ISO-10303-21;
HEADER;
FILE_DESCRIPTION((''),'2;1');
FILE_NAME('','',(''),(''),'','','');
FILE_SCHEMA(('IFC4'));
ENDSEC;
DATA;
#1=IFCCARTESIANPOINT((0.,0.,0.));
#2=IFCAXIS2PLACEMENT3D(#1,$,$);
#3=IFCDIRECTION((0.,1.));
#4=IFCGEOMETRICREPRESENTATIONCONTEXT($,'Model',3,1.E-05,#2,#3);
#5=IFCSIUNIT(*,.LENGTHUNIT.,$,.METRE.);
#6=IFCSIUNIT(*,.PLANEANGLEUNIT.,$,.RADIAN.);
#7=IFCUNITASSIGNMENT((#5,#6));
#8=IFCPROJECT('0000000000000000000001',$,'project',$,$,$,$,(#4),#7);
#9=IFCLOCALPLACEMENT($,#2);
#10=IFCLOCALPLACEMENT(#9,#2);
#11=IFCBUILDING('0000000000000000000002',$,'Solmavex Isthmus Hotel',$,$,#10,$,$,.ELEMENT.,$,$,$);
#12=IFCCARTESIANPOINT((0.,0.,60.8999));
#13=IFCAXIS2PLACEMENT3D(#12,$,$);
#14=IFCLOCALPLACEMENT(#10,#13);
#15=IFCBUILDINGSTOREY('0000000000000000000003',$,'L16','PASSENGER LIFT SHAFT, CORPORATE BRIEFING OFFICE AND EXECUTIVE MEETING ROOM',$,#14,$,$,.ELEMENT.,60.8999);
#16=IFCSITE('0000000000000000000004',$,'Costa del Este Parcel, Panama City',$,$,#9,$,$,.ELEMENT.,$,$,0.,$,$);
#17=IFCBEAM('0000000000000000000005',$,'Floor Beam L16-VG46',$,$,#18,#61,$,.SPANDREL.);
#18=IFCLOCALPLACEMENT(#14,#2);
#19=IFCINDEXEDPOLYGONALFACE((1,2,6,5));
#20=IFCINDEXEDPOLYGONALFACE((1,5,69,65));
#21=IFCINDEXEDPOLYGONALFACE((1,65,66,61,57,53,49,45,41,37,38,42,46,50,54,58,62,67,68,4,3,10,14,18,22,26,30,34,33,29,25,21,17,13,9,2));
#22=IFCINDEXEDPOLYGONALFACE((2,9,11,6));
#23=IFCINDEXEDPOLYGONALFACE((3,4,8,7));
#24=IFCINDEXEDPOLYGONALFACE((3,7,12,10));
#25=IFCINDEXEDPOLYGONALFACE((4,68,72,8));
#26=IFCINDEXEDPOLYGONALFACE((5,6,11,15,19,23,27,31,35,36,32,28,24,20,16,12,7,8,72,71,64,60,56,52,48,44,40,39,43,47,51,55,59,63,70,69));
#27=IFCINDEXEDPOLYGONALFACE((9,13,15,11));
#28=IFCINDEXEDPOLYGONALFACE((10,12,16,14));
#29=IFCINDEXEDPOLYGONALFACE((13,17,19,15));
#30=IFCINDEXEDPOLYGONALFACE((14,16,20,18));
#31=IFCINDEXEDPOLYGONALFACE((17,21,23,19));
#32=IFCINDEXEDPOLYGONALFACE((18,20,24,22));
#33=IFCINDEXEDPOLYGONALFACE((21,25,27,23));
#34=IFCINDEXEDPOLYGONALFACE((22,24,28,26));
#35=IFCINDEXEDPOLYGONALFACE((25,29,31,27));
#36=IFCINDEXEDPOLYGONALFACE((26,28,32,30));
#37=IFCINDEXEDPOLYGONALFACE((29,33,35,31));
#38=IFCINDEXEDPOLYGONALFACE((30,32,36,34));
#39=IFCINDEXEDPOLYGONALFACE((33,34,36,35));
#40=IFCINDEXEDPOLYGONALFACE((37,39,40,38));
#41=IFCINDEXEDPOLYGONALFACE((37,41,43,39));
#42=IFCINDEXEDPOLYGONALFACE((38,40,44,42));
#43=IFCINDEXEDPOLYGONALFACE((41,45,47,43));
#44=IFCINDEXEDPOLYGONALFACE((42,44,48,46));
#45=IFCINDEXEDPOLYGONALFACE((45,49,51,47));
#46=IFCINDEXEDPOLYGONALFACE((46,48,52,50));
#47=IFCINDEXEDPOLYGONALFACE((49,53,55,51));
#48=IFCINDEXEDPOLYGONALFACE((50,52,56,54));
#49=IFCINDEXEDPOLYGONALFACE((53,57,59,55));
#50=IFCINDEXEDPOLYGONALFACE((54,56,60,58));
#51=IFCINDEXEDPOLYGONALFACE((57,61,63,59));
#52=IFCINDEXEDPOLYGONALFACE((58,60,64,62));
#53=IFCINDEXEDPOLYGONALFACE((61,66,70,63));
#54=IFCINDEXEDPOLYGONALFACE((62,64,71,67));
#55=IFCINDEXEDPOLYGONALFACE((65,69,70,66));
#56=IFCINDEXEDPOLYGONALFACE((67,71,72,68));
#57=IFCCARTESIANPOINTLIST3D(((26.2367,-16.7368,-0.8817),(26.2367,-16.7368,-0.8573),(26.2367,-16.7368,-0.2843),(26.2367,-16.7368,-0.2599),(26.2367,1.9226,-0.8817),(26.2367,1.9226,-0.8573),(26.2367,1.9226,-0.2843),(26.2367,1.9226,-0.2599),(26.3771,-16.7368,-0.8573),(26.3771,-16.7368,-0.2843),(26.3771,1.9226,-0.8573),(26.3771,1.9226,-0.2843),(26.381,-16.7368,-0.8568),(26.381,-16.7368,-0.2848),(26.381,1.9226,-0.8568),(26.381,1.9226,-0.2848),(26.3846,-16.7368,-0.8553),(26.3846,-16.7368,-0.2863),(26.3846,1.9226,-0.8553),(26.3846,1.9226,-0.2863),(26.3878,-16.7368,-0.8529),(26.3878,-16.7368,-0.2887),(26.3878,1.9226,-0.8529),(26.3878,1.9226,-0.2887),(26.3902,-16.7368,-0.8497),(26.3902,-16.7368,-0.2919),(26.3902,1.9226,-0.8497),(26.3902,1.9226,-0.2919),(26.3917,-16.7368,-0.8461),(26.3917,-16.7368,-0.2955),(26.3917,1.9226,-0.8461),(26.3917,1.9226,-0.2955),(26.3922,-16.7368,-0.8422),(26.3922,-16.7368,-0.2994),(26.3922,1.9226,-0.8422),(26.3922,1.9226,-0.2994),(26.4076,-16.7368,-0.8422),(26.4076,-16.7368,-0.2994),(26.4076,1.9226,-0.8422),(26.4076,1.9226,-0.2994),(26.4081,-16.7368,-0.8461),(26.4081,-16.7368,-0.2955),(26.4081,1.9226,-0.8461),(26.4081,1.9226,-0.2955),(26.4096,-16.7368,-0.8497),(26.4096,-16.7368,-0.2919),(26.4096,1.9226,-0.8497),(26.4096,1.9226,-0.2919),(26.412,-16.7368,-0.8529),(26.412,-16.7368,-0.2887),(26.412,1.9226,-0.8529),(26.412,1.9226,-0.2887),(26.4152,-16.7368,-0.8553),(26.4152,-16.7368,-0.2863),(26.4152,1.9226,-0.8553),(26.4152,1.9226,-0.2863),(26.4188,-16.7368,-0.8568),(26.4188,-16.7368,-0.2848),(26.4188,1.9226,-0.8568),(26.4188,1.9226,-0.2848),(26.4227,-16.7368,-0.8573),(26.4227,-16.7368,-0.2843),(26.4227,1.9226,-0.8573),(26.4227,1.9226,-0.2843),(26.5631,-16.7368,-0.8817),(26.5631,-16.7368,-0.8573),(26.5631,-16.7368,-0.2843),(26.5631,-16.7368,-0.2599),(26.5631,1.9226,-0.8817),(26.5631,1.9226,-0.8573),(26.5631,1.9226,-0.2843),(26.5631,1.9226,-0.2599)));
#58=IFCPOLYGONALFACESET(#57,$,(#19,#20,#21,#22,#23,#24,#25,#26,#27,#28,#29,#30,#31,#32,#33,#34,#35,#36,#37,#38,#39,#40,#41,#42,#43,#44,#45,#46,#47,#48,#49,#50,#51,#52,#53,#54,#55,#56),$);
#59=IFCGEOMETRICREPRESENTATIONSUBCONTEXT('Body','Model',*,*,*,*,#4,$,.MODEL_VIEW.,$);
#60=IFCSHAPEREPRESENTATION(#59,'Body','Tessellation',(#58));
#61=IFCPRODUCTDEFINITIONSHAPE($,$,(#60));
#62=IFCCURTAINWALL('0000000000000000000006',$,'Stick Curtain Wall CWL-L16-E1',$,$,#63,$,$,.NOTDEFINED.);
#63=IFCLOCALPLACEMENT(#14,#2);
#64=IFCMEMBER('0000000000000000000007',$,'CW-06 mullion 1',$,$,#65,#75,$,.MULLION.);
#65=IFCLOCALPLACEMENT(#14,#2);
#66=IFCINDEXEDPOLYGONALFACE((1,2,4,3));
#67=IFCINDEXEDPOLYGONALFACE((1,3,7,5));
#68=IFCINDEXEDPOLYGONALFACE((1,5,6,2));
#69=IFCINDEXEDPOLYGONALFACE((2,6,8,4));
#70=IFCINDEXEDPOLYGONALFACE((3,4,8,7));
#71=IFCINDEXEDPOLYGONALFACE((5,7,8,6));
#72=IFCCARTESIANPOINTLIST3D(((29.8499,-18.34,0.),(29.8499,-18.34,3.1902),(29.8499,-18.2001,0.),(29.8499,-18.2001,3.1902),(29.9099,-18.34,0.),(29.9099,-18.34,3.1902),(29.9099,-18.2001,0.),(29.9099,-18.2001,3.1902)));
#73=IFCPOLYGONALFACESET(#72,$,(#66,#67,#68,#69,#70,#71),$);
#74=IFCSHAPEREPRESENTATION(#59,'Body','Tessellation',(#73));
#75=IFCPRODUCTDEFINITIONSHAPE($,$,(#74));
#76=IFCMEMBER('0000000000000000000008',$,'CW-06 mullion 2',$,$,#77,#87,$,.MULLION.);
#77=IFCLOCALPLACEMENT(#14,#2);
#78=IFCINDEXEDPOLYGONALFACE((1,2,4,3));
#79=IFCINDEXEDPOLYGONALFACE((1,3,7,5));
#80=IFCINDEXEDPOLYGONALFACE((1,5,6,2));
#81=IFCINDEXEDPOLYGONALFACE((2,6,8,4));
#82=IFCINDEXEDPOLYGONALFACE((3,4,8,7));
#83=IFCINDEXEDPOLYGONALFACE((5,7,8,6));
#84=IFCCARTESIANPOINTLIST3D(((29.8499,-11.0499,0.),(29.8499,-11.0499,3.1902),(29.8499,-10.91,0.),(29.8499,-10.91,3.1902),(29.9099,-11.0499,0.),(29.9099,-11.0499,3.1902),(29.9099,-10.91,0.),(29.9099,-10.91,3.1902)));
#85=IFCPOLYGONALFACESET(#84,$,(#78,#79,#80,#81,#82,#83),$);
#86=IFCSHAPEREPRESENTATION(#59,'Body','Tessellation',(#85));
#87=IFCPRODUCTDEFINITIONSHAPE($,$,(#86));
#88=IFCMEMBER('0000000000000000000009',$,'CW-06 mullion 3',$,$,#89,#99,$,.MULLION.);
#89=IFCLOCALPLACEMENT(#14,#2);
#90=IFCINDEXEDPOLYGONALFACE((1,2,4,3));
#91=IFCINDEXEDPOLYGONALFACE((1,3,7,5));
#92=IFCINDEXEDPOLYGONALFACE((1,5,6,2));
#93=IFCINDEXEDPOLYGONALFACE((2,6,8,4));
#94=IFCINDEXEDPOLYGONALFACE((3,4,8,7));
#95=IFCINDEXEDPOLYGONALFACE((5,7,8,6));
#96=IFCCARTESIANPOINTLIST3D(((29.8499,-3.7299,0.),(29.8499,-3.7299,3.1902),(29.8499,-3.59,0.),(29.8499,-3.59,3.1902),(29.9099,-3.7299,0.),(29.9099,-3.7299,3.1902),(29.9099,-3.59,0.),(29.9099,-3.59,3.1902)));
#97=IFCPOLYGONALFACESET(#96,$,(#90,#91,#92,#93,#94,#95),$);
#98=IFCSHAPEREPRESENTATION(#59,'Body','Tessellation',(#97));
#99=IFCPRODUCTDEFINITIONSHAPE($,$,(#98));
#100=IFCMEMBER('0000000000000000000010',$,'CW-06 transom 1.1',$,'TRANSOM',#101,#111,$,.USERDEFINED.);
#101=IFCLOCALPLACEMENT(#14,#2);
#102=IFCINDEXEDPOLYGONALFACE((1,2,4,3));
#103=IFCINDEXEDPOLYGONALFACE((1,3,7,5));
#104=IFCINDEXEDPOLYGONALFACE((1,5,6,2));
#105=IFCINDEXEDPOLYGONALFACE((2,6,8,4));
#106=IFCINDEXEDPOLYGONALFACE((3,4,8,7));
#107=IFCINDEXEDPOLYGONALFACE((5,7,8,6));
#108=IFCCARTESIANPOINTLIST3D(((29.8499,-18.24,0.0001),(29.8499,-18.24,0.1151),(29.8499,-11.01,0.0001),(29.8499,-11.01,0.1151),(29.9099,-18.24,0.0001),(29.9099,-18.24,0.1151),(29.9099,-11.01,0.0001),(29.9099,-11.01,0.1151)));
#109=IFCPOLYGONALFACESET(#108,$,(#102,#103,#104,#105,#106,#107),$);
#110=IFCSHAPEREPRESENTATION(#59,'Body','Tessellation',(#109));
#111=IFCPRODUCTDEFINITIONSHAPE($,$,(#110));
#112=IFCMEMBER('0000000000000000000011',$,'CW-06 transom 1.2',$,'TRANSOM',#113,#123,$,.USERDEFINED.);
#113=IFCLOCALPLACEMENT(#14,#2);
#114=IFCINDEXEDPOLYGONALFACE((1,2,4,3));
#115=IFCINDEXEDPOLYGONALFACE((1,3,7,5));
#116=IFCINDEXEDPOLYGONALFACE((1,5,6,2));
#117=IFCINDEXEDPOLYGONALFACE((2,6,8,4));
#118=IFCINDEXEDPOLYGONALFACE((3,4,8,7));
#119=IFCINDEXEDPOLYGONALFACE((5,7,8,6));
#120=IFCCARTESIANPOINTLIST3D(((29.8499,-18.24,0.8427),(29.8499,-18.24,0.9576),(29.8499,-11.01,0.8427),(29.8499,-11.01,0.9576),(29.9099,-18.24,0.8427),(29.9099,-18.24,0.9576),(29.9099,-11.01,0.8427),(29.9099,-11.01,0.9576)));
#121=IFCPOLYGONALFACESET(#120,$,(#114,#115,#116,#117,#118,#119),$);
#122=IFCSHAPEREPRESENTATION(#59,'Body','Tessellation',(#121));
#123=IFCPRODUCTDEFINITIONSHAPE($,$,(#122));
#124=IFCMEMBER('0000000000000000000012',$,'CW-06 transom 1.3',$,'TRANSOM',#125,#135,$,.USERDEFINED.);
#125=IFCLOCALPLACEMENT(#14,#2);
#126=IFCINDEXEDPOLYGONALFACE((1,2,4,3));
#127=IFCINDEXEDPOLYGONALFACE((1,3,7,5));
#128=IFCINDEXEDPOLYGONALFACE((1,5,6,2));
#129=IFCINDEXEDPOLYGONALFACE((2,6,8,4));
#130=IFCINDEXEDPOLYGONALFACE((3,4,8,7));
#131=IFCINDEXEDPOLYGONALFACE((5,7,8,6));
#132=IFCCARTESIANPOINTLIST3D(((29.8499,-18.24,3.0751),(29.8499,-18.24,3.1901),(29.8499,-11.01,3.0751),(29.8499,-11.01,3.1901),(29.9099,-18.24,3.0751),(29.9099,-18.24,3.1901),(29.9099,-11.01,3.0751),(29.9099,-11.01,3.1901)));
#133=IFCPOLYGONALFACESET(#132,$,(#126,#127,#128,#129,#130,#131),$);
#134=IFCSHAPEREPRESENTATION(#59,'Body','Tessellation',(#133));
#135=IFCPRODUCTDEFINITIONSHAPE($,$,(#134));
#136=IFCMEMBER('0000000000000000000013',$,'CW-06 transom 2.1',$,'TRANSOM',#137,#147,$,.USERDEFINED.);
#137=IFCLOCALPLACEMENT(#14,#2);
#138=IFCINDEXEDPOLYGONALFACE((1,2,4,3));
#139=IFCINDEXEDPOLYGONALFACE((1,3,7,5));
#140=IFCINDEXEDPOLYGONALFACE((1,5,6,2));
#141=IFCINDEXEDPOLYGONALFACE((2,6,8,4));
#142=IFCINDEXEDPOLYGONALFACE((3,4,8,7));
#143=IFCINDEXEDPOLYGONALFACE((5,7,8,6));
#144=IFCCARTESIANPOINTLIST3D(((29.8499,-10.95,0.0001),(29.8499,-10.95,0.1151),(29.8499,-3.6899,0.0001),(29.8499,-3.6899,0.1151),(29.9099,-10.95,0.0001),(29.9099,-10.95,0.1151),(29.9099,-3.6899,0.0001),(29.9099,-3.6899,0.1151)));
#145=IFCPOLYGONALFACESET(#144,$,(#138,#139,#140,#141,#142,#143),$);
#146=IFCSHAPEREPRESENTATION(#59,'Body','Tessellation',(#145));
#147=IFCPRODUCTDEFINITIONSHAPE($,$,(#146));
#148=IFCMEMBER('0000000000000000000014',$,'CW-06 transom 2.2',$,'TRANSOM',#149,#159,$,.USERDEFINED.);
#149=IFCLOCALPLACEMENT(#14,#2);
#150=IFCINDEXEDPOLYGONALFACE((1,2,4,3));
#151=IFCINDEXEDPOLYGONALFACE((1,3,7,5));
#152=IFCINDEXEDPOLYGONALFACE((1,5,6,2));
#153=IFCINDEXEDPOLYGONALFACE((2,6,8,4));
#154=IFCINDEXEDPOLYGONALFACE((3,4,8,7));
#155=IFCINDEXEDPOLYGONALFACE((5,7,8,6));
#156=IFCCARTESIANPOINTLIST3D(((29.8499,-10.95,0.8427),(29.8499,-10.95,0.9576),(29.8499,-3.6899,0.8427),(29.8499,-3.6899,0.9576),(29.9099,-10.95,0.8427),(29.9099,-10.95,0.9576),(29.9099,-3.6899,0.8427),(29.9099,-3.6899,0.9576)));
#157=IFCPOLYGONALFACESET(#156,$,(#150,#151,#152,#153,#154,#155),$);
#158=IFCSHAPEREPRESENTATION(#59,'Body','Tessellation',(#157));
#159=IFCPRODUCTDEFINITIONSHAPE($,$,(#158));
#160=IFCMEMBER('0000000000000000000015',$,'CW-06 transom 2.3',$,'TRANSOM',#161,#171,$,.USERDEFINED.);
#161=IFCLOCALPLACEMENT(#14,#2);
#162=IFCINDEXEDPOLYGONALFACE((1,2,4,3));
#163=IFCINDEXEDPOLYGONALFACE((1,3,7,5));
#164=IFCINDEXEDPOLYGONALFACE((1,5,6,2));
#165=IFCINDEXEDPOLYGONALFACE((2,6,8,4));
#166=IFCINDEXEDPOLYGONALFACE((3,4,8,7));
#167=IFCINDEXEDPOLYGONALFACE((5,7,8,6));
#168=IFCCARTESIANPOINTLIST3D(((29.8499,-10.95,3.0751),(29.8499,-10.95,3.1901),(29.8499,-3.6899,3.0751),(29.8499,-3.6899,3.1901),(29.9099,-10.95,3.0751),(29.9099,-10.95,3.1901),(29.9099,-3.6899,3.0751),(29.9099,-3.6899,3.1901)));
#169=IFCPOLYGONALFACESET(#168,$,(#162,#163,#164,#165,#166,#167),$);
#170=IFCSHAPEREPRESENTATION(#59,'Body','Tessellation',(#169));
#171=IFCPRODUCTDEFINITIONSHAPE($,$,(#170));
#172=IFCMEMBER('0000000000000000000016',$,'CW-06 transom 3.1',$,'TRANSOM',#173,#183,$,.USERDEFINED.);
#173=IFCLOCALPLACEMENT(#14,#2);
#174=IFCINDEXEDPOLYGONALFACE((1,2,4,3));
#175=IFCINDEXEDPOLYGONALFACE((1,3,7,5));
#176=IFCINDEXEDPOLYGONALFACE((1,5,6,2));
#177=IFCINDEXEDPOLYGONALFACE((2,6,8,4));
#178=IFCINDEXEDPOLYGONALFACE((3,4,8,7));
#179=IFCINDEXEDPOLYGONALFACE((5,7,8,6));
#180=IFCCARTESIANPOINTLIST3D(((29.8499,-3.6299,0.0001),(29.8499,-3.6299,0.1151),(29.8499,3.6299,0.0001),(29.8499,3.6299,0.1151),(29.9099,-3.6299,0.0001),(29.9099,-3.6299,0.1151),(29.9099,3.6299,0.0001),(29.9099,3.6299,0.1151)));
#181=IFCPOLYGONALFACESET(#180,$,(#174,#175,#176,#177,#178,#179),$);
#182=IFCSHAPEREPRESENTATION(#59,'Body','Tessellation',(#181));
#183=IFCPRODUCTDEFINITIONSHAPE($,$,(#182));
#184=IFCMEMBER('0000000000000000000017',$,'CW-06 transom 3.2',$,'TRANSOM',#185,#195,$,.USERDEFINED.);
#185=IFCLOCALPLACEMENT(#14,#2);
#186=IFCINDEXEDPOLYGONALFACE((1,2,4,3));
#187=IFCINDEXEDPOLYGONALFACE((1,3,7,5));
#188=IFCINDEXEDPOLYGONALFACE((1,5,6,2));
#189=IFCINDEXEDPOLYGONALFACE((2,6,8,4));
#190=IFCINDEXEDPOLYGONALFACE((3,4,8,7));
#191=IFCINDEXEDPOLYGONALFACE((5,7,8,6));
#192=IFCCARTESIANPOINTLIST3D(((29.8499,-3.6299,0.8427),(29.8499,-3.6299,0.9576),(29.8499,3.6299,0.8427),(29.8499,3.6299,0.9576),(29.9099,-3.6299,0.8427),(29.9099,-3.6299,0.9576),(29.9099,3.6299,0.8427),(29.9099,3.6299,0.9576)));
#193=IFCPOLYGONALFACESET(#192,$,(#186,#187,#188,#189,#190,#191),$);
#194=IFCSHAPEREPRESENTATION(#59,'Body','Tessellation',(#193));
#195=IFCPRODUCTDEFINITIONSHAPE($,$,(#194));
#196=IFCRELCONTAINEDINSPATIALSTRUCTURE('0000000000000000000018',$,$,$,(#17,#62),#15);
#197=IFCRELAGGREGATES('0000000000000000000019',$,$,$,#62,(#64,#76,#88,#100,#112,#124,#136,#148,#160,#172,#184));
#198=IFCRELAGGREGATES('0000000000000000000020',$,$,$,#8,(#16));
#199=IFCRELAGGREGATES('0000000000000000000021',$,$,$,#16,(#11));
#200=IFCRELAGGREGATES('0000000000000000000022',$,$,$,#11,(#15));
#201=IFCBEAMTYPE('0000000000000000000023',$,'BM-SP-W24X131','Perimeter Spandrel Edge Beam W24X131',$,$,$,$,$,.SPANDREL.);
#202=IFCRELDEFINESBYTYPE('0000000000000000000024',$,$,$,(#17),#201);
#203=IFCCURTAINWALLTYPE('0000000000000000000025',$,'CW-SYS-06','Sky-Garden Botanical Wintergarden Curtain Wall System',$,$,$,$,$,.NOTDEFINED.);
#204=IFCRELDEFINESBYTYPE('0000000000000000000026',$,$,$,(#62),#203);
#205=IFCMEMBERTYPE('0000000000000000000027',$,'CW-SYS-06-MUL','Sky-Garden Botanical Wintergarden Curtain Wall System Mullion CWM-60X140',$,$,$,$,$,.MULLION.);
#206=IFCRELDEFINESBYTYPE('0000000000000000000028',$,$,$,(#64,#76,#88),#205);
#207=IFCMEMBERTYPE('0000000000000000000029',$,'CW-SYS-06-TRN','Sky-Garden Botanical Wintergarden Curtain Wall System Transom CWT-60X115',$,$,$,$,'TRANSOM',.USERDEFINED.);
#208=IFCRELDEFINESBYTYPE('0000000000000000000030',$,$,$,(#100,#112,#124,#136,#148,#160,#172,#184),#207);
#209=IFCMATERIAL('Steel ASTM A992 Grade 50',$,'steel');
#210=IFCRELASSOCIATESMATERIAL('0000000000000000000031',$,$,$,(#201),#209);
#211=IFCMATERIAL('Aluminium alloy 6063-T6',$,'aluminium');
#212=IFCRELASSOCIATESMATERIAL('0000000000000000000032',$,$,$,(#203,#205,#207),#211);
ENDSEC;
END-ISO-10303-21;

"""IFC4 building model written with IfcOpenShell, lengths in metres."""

from ifc_helpers import new_model, si_unit, direction, frame, origin, origin_2d, place, context, subcontext, project, spatial, rectangle, i_section, extrude, material, material_profile, profile_set, type_object, element, aggregate, save


model = new_model("IFC4")

# Units and contexts
model_context = context("Model", 3, precision=1e-05, world=origin(), true_north=direction((0.0, 1.0)))
body_context = subcontext(model_context, "Body", "Model", "MODEL_VIEW")
ifc_project = project(units=[si_unit("LENGTHUNIT", "METRE"), si_unit("PLANEANGLEUNIT", "RADIAN")], contexts=[model_context])

# Site, building, storey
site_placement = place(None, origin())
site = spatial("IfcSite", under=ifc_project, at=site_placement, Name="Costa del Este Parcel, Panama City", CompositionType="ELEMENT", RefElevation=0.0)
building_placement = place(site_placement, origin())
building = spatial("IfcBuilding", under=site, at=building_placement, Name="Solmavex Isthmus Hotel", CompositionType="ELEMENT")
storey_placement = place(building_placement, frame((0.0, 0.0, 60.8999)))
storey = spatial("IfcBuildingStorey", under=building, at=storey_placement, Name="L16", Description="PASSENGER LIFT SHAFT, CORPORATE BRIEFING OFFICE AND EXECUTIVE MEETING ROOM", CompositionType="ELEMENT", Elevation=60.8999)

# Beam
ifc_material_1 = material(Name="Steel ASTM A992 Grade 50", Category="steel")
ifc_material_profile_1 = material_profile(ifc_material_1, i_section(OverallWidth=0.3264, OverallDepth=0.6218, WebThickness=0.0154, FlangeThickness=0.0244, FilletRadius=0.0151, at=origin_2d()), Name="W24X131")
ifc_profile_set_1 = profile_set([ifc_material_profile_1], Name="Steel ASTM A992 Grade 50")
beam_type_1 = type_object("IfcBeamType", Name="BM-SP-W24X131", Description="Perimeter Spandrel Edge Beam W24X131", PredefinedType="SPANDREL", material=ifc_profile_set_1)
beam_1_placement = place(storey_placement, frame((26.3999, -16.7368, -0.5708), z_axis=(0.0, 1.0, 0.0), x_axis=(-1.0, 0.0, 0.0)))
element("IfcBeam", 1, at=beam_1_placement, inside=storey, type_object=beam_type_1, Name="Floor Beam L16-VG46", PredefinedType="SPANDREL", context=body_context, shape_type="SweptSolid", body=[
    extrude(i_section(OverallWidth=0.3264, OverallDepth=0.6218, WebThickness=0.0154, FlangeThickness=0.0244, FilletRadius=0.0151, at=origin_2d()), origin(), (0.0, 0.0, 1.0), 18.6594),
])

# Curtain wall, members
ifc_material_2 = material(Name="Aluminium alloy 6063-T6", Category="aluminium")
curtain_wall_type = type_object("IfcCurtainWallType", Name="CW-SYS-06", Description="Sky-Garden Botanical Wintergarden Curtain Wall System", PredefinedType="NOTDEFINED", material=ifc_material_2)
curtain_wall_placement = place(storey_placement, origin())
curtain_wall = element("IfcCurtainWall", 2, at=curtain_wall_placement, inside=storey, type_object=curtain_wall_type, Name="Stick Curtain Wall CWL-L16-E1", PredefinedType="NOTDEFINED")
ifc_material_profile_2 = material_profile(ifc_material_2, rectangle(XDim=0.0601, YDim=0.1399, at=origin_2d()), Name="CWM-60X140")
ifc_profile_set_2 = profile_set([ifc_material_profile_2], Name="Aluminium alloy 6063-T6")
member_type_1 = type_object("IfcMemberType", Name="CW-SYS-06-MUL", Description="Sky-Garden Botanical Wintergarden Curtain Wall System Mullion CWM-60X140", PredefinedType="MULLION", material=ifc_profile_set_2)
member_1_placement = place(storey_placement, frame((29.8799, -18.27, 0.0), z_axis=(0.0, 0.0, 1.0), x_axis=(-1.0, 0.0, 0.0)))
member_1 = element("IfcMember", 3, at=member_1_placement, type_object=member_type_1, Name="CW-06 mullion 1", PredefinedType="MULLION", context=body_context, shape_type="SweptSolid", body=[
    extrude(rectangle(XDim=0.0601, YDim=0.1399, at=origin_2d()), origin(), (0.0, 0.0, 1.0), 3.1902),
])
member_2_placement = place(storey_placement, frame((29.8799, -10.98, 0.0), z_axis=(0.0, 0.0, 1.0), x_axis=(-1.0, 0.0, 0.0)))
member_2 = element("IfcMember", 4, at=member_2_placement, type_object=member_type_1, Name="CW-06 mullion 2", PredefinedType="MULLION", context=body_context, shape_type="SweptSolid", body=[
    extrude(rectangle(XDim=0.0601, YDim=0.1399, at=origin_2d()), origin(), (0.0, 0.0, 1.0), 3.1902),
])
member_3_placement = place(storey_placement, frame((29.8799, -3.6599, 0.0), z_axis=(0.0, 0.0, 1.0), x_axis=(-1.0, 0.0, 0.0)))
member_3 = element("IfcMember", 5, at=member_3_placement, type_object=member_type_1, Name="CW-06 mullion 3", PredefinedType="MULLION", context=body_context, shape_type="SweptSolid", body=[
    extrude(rectangle(XDim=0.0601, YDim=0.1399, at=origin_2d()), origin(), (0.0, 0.0, 1.0), 3.1902),
])
ifc_material_profile_3 = material_profile(ifc_material_2, rectangle(XDim=0.0601, YDim=0.115, at=origin_2d()), Name="CWT-60X115")
ifc_profile_set_3 = profile_set([ifc_material_profile_3], Name="Aluminium alloy 6063-T6")
member_type_2 = type_object("IfcMemberType", Name="CW-SYS-06-TRN", Description="Sky-Garden Botanical Wintergarden Curtain Wall System Transom CWT-60X115", ElementType="TRANSOM", PredefinedType="USERDEFINED", material=ifc_profile_set_3)
member_4_placement = place(storey_placement, frame((29.8799, -18.24, 0.0576), z_axis=(0.0, 1.0, 0.0), x_axis=(-1.0, 0.0, 0.0)))
member_4 = element("IfcMember", 6, at=member_4_placement, type_object=member_type_2, Name="CW-06 transom 1.1", ObjectType="TRANSOM", PredefinedType="USERDEFINED", context=body_context, shape_type="SweptSolid", body=[
    extrude(rectangle(XDim=0.0601, YDim=0.115, at=origin_2d()), origin(), (0.0, 0.0, 1.0), 7.23),
])
member_5_placement = place(storey_placement, frame((29.8799, -18.24, 0.9001), z_axis=(0.0, 1.0, 0.0), x_axis=(-1.0, 0.0, 0.0)))
member_5 = element("IfcMember", 7, at=member_5_placement, type_object=member_type_2, Name="CW-06 transom 1.2", ObjectType="TRANSOM", PredefinedType="USERDEFINED", context=body_context, shape_type="SweptSolid", body=[
    extrude(rectangle(XDim=0.0601, YDim=0.115, at=origin_2d()), origin(), (0.0, 0.0, 1.0), 7.23),
])
member_6_placement = place(storey_placement, frame((29.8799, -18.24, 3.1326), z_axis=(0.0, 1.0, 0.0), x_axis=(-1.0, 0.0, 0.0)))
member_6 = element("IfcMember", 8, at=member_6_placement, type_object=member_type_2, Name="CW-06 transom 1.3", ObjectType="TRANSOM", PredefinedType="USERDEFINED", context=body_context, shape_type="SweptSolid", body=[
    extrude(rectangle(XDim=0.0601, YDim=0.115, at=origin_2d()), origin(), (0.0, 0.0, 1.0), 7.23),
])
member_7_placement = place(storey_placement, frame((29.8799, -10.95, 0.0576), z_axis=(0.0, 1.0, 0.0), x_axis=(-1.0, 0.0, 0.0)))
member_7 = element("IfcMember", 9, at=member_7_placement, type_object=member_type_2, Name="CW-06 transom 2.1", ObjectType="TRANSOM", PredefinedType="USERDEFINED", context=body_context, shape_type="SweptSolid", body=[
    extrude(rectangle(XDim=0.0601, YDim=0.115, at=origin_2d()), origin(), (0.0, 0.0, 1.0), 7.26),
])
member_8_placement = place(storey_placement, frame((29.8799, -10.95, 0.9001), z_axis=(0.0, 1.0, 0.0), x_axis=(-1.0, 0.0, 0.0)))
member_8 = element("IfcMember", 10, at=member_8_placement, type_object=member_type_2, Name="CW-06 transom 2.2", ObjectType="TRANSOM", PredefinedType="USERDEFINED", context=body_context, shape_type="SweptSolid", body=[
    extrude(rectangle(XDim=0.0601, YDim=0.115, at=origin_2d()), origin(), (0.0, 0.0, 1.0), 7.26),
])
member_9_placement = place(storey_placement, frame((29.8799, -10.95, 3.1326), z_axis=(0.0, 1.0, 0.0), x_axis=(-1.0, 0.0, 0.0)))
member_9 = element("IfcMember", 11, at=member_9_placement, type_object=member_type_2, Name="CW-06 transom 2.3", ObjectType="TRANSOM", PredefinedType="USERDEFINED", context=body_context, shape_type="SweptSolid", body=[
    extrude(rectangle(XDim=0.0601, YDim=0.115, at=origin_2d()), origin(), (0.0, 0.0, 1.0), 7.26),
])
member_10_placement = place(storey_placement, frame((29.8799, -3.6299, 0.0576), z_axis=(0.0, 1.0, 0.0), x_axis=(-1.0, 0.0, 0.0)))
member_10 = element("IfcMember", 12, at=member_10_placement, type_object=member_type_2, Name="CW-06 transom 3.1", ObjectType="TRANSOM", PredefinedType="USERDEFINED", context=body_context, shape_type="SweptSolid", body=[
    extrude(rectangle(XDim=0.0601, YDim=0.115, at=origin_2d()), origin(), (0.0, 0.0, 1.0), 7.2598),
])
member_11_placement = place(storey_placement, frame((29.8799, -3.6299, 0.9001), z_axis=(0.0, 1.0, 0.0), x_axis=(-1.0, 0.0, 0.0)))
member_11 = element("IfcMember", 13, at=member_11_placement, type_object=member_type_2, Name="CW-06 transom 3.2", ObjectType="TRANSOM", PredefinedType="USERDEFINED", context=body_context, shape_type="SweptSolid", body=[
    extrude(rectangle(XDim=0.0601, YDim=0.115, at=origin_2d()), origin(), (0.0, 0.0, 1.0), 7.2598),
])
aggregate(curtain_wall, [member_1, member_2, member_3, member_4, member_5, member_6, member_7, member_8, member_9, member_10, member_11])

save(model, "model.ifc")
